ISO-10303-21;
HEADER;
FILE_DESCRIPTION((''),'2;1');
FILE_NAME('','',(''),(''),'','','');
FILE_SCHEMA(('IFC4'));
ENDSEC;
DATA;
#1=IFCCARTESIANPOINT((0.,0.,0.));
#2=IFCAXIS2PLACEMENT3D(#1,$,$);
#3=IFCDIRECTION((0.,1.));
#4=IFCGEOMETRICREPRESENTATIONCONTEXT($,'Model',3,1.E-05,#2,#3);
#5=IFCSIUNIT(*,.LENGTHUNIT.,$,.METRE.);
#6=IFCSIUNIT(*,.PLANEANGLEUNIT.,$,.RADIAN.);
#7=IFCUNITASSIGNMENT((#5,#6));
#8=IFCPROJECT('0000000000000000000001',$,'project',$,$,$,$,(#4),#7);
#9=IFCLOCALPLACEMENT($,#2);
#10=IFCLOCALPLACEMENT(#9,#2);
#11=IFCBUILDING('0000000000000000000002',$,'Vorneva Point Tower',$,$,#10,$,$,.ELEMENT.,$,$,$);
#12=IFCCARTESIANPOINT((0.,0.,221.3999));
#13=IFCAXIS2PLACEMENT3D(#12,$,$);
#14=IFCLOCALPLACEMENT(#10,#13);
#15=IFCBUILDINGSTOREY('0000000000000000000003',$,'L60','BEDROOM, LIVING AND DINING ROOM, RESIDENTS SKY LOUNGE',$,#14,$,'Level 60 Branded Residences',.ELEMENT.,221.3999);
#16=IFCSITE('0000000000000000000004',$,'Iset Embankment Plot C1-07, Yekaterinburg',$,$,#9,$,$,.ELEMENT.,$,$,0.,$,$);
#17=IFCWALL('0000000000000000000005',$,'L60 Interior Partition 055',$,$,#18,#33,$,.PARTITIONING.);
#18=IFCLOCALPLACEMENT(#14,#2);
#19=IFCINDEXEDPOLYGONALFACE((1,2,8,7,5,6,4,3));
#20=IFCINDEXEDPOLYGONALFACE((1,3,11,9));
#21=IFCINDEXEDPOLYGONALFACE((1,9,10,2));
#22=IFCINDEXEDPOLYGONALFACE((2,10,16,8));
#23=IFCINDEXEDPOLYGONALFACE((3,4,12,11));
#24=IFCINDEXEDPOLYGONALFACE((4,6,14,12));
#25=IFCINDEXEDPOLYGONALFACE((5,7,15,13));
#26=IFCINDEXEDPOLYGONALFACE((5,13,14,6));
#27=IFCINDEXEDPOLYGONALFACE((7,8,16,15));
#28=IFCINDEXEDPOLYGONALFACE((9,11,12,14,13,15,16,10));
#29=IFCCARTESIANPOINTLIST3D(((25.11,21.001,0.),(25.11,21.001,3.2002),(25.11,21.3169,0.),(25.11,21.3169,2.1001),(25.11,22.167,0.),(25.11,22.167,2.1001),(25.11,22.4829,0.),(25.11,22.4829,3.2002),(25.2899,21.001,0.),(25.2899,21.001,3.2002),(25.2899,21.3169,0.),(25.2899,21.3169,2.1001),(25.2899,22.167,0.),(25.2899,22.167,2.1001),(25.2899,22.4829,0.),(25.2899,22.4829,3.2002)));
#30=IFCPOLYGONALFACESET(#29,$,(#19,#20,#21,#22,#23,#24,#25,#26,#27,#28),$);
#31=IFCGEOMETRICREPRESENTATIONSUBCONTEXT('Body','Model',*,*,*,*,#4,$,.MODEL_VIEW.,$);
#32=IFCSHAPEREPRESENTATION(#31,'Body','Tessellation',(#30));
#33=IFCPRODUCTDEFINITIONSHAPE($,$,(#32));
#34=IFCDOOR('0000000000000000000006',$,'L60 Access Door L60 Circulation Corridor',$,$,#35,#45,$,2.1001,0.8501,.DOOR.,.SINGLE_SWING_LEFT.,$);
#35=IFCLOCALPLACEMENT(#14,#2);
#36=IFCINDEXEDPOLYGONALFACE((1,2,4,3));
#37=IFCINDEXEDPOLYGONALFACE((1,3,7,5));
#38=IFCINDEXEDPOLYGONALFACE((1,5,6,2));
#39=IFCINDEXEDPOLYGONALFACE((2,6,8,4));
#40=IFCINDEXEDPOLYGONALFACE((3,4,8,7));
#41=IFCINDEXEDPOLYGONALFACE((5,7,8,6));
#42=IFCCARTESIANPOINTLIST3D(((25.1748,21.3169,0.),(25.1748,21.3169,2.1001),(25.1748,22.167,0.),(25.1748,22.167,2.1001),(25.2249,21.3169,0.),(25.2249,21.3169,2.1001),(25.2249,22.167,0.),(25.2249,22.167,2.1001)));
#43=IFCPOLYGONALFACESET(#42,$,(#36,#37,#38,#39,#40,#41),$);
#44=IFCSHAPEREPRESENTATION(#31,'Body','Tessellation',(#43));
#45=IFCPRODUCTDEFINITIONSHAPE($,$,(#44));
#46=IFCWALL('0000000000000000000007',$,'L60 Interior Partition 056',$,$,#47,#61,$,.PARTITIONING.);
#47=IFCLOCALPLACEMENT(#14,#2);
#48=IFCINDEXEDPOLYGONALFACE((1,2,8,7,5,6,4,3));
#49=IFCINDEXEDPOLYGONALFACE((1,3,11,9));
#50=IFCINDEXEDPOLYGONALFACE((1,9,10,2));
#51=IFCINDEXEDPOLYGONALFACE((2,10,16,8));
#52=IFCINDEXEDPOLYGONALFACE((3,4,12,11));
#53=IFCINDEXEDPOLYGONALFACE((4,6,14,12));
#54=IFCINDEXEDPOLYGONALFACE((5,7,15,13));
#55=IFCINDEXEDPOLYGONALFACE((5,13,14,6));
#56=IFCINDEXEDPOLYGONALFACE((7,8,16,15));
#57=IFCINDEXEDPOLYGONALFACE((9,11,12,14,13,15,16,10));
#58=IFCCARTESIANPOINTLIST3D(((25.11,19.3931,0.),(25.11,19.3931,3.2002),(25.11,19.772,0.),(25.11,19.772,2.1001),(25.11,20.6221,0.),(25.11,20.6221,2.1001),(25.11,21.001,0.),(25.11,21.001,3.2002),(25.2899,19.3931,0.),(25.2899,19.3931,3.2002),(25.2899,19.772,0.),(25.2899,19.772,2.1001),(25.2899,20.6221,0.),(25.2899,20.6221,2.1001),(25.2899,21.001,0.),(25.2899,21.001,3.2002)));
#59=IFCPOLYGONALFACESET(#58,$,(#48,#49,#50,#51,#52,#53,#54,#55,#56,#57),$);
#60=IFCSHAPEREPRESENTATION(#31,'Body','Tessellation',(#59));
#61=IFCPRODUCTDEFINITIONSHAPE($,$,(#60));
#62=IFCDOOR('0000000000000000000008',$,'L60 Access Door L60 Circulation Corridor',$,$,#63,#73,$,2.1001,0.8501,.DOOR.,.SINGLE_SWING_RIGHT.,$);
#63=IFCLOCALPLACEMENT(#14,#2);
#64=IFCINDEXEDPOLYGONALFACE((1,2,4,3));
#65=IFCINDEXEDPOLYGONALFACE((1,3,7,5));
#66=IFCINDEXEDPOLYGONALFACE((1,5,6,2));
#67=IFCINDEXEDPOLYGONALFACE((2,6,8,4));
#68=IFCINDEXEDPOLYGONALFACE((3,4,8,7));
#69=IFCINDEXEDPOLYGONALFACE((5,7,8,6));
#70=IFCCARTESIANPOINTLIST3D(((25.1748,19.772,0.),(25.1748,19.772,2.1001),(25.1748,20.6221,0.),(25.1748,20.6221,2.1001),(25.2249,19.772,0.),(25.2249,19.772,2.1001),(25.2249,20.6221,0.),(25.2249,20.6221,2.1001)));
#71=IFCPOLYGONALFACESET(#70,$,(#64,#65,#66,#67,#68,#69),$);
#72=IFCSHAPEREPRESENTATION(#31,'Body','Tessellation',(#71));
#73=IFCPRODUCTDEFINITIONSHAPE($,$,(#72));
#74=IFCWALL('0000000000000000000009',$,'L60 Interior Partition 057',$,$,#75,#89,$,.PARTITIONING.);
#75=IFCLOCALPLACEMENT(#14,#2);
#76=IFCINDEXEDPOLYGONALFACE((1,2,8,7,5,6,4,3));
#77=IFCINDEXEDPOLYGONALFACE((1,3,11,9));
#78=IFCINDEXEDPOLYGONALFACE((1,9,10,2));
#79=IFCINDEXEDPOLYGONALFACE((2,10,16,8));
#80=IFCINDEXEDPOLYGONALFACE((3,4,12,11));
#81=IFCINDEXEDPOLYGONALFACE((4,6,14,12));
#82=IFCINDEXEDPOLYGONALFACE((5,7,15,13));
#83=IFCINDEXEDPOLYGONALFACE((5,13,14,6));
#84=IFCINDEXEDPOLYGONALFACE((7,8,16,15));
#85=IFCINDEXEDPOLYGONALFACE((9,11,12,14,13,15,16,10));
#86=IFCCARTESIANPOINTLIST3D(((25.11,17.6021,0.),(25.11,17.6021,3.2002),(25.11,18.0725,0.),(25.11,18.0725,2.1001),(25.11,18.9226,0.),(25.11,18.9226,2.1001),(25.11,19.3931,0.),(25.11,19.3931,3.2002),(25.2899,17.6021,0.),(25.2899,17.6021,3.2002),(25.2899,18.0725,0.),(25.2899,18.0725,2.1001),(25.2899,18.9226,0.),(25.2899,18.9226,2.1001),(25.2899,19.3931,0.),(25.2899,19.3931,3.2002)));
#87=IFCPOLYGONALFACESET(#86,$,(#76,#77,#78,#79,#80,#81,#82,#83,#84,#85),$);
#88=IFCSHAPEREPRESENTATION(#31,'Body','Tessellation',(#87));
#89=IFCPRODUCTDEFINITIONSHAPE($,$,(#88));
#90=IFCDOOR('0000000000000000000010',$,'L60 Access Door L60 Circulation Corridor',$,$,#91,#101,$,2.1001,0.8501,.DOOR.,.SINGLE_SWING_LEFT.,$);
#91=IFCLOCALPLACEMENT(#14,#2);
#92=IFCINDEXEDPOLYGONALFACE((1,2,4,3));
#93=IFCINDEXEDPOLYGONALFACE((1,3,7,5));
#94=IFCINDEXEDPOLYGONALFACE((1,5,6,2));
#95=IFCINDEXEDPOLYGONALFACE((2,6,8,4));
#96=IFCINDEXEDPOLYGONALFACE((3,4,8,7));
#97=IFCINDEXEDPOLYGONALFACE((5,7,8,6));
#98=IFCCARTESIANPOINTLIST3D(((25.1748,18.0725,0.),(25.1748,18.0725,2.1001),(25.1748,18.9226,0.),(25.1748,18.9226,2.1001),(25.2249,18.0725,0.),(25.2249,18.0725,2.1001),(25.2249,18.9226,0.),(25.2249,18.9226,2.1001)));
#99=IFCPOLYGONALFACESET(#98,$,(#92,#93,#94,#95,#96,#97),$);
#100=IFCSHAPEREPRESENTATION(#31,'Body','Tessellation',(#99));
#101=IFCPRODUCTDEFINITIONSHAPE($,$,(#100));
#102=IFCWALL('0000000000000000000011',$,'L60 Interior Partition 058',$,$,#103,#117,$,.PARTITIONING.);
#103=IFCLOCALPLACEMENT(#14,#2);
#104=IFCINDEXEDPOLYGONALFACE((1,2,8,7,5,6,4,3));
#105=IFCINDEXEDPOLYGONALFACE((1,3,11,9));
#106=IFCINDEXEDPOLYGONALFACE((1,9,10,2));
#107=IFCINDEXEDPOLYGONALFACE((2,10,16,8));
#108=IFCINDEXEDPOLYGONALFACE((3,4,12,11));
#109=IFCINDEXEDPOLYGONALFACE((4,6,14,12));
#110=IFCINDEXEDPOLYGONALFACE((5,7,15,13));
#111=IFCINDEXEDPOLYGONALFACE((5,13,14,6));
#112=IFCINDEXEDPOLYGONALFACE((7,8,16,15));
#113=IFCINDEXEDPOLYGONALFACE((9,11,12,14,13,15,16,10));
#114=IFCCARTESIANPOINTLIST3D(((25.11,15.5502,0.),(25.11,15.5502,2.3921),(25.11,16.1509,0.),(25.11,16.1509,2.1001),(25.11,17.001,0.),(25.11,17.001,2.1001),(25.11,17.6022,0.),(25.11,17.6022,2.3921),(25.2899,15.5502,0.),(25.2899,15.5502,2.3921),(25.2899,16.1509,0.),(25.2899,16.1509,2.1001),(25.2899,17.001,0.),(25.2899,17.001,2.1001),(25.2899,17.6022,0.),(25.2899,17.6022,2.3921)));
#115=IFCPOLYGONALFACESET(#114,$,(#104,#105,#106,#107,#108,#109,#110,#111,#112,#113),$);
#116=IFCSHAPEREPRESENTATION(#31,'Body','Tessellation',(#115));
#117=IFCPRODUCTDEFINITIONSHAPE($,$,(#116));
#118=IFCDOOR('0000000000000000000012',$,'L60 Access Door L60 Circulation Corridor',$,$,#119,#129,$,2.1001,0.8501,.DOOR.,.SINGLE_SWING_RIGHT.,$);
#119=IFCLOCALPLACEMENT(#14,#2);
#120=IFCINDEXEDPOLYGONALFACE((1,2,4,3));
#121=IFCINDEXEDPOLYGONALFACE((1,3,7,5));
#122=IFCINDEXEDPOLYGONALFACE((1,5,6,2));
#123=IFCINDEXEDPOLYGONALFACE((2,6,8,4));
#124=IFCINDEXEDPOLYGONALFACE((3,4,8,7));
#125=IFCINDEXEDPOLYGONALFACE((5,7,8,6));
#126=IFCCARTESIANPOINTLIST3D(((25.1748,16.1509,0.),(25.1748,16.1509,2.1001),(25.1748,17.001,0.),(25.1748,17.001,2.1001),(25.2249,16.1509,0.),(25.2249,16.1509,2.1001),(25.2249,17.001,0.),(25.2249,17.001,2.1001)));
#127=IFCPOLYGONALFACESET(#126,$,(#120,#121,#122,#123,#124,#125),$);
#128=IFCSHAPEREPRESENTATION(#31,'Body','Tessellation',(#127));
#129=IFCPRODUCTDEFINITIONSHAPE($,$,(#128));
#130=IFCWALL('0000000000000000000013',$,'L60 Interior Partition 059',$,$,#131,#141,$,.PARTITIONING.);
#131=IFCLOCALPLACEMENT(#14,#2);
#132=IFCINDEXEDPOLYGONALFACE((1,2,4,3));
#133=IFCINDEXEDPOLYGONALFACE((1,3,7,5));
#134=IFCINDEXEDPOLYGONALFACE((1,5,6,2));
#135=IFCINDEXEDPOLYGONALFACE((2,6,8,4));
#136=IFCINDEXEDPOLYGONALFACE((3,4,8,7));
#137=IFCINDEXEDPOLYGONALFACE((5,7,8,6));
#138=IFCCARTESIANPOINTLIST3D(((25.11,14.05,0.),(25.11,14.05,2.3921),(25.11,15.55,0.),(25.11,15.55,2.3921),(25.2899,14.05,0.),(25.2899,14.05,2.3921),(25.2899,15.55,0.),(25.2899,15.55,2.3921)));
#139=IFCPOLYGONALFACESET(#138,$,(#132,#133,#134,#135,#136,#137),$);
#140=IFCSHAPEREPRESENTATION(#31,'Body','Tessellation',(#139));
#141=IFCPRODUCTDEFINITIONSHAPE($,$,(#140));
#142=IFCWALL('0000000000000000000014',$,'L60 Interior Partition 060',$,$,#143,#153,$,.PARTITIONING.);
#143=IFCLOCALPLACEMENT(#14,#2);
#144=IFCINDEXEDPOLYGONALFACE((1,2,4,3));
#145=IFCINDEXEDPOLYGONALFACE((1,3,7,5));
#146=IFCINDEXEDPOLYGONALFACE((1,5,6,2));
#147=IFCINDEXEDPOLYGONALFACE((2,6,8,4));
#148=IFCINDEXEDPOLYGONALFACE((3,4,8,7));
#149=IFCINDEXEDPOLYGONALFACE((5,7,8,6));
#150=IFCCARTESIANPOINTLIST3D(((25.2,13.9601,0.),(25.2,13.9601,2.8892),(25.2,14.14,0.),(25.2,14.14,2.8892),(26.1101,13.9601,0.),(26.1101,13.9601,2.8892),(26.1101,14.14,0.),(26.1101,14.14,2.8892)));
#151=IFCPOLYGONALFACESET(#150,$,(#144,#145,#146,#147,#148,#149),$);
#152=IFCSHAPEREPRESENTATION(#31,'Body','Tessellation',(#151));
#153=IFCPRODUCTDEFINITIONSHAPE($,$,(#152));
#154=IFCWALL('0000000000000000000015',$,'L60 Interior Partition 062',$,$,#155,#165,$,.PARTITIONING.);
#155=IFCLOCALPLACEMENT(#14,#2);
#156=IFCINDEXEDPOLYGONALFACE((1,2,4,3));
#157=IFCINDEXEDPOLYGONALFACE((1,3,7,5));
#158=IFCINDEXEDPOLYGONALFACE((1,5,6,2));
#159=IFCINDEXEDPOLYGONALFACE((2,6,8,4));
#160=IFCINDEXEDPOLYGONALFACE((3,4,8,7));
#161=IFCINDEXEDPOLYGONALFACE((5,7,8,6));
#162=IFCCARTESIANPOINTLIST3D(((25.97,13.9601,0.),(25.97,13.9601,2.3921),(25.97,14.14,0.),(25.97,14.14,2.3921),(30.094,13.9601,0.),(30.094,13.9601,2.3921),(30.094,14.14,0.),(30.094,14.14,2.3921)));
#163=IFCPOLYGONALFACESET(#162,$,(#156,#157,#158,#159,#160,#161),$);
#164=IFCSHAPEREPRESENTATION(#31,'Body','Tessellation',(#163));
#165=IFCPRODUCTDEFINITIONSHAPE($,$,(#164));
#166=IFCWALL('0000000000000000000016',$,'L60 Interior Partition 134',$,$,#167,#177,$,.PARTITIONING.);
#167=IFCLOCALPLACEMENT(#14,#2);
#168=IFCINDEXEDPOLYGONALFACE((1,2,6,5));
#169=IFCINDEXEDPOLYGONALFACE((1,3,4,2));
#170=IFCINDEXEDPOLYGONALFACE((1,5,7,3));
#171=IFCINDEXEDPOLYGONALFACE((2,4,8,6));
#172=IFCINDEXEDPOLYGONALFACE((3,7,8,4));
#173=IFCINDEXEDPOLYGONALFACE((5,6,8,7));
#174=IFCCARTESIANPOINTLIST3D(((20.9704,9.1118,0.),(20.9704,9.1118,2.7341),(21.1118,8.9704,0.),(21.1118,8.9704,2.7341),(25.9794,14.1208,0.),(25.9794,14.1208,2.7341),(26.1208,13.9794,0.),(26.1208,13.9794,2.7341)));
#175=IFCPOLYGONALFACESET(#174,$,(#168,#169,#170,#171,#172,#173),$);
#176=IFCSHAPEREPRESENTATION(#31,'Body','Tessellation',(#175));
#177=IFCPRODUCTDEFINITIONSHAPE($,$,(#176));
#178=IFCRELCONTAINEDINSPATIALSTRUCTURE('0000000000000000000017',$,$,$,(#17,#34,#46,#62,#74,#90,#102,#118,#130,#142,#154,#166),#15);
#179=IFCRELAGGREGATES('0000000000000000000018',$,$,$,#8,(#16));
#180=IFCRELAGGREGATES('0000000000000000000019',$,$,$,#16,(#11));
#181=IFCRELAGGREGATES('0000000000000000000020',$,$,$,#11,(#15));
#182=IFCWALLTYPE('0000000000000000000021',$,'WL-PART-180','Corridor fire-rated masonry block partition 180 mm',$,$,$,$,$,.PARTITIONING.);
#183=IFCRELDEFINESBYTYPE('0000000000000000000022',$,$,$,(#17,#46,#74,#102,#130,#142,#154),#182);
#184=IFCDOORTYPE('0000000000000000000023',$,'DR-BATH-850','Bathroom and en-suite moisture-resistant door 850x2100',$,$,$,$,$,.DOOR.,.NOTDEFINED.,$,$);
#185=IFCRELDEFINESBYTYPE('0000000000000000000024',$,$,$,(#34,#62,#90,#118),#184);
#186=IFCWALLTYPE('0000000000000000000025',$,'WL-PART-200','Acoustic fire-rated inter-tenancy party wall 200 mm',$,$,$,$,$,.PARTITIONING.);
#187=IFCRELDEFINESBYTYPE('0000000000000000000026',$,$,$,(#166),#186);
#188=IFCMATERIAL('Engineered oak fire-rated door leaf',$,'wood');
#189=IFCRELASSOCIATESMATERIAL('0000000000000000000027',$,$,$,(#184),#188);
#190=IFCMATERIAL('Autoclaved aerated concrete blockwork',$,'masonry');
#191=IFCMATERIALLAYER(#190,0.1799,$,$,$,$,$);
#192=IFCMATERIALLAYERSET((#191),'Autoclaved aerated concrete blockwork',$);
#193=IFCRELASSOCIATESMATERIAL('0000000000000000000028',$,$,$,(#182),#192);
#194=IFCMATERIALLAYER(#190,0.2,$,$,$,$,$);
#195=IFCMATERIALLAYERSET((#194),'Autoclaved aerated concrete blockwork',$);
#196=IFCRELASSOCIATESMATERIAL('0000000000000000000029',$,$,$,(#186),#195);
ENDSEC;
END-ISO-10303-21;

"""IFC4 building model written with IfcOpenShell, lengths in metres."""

from ifc_helpers import new_model, si_unit, direction, frame, frame_2d, origin, place, context, subcontext, project, spatial, rectangle, extrude, material, layer, layer_set, type_object, element, fill, save


model = new_model("IFC4")

# Units and contexts
model_context = context("Model", 3, precision=1e-05, world=origin(), true_north=direction((0.0, 1.0)))
body_context = subcontext(model_context, "Body", "Model", "MODEL_VIEW")
ifc_project = project(units=[si_unit("LENGTHUNIT", "METRE"), si_unit("PLANEANGLEUNIT", "RADIAN")], contexts=[model_context])

# Site, building, storey
site_placement = place(None, origin())
site = spatial("IfcSite", under=ifc_project, at=site_placement, Name="Iset Embankment Plot C1-07, Yekaterinburg", CompositionType="ELEMENT", RefElevation=0.0)
building_placement = place(site_placement, origin())
building = spatial("IfcBuilding", under=site, at=building_placement, Name="Vorneva Point Tower", CompositionType="ELEMENT")
storey_placement = place(building_placement, frame((0.0, 0.0, 221.3999)))
storey = spatial("IfcBuildingStorey", under=building, at=storey_placement, Name="L60", Description="BEDROOM, LIVING AND DINING ROOM, RESIDENTS SKY LOUNGE", LongName="Level 60 Branded Residences", CompositionType="ELEMENT", Elevation=221.3999)

# Shared definitions
ifc_material_1 = material(Name="Engineered oak fire-rated door leaf", Category="wood")
door_type = type_object("IfcDoorType", Name="DR-BATH-850", Description="Bathroom and en-suite moisture-resistant door 850x2100", OperationType="NOTDEFINED", PredefinedType="DOOR", material=ifc_material_1)

# Shared definitions
ifc_material_2 = material(Name="Autoclaved aerated concrete blockwork", Category="masonry")
ifc_layer_1 = layer(ifc_material_2, 0.1799)
ifc_layer_set_1 = layer_set([ifc_layer_1], Name="Autoclaved aerated concrete blockwork")
wall_type_1 = type_object("IfcWallType", Name="WL-PART-180", Description="Corridor fire-rated masonry block partition 180 mm", PredefinedType="PARTITIONING", material=ifc_layer_set_1)

# Walls, openings, doors
wall_1_placement = place(storey_placement, frame((25.2, 22.4829, 0.0), z_axis=(0.0, 0.0, 1.0), x_axis=(0.0, -1.0, 0.0)))
wall_1 = element("IfcWall", 1, at=wall_1_placement, inside=storey, type_object=wall_type_1, Name="L60 Interior Partition 055", PredefinedType="PARTITIONING", context=body_context, shape_type="SweptSolid", body=[
    extrude(rectangle(XDim=1.4819, YDim=0.1799, at=frame_2d((0.741, 0.0))), origin(), (0.0, 0.0, 1.0), 3.2002),
])
opening_1_placement = place(wall_1_placement, frame((0.3159, 0.0, 0.0)))
opening_1 = element("IfcOpeningElement", 2, at=opening_1_placement, cuts=wall_1, PredefinedType="OPENING", context=body_context, shape_type="SweptSolid", body=[
    extrude(rectangle(XDim=0.8501, YDim=2.1001, at=frame_2d((0.425, 1.05))), frame((0.0, 0.105, 0.0), z_axis=(0.0, -1.0, 0.0), x_axis=(1.0, 0.0, 0.0)), (0.0, 0.0, 1.0), 0.2097),
])
door_1_placement = place(opening_1_placement, origin())
door_1 = element("IfcDoor", 3, at=door_1_placement, inside=storey, type_object=door_type, Name="L60 Access Door L60 Circulation Corridor", OperationType="SINGLE_SWING_LEFT", OverallHeight=2.1001, OverallWidth=0.8501, PredefinedType="DOOR", context=body_context, shape_type="SweptSolid", body=[
    extrude(rectangle(XDim=0.8501, YDim=2.1001, at=frame_2d((0.425, 1.05))), frame((0.0, 0.0249, 0.0), z_axis=(0.0, -1.0, 0.0), x_axis=(1.0, 0.0, 0.0)), (0.0, 0.0, 1.0), 0.05),
])
fill(opening_1, door_1)
wall_2_placement = place(storey_placement, frame((25.2, 21.001, 0.0), z_axis=(0.0, 0.0, 1.0), x_axis=(0.0, -1.0, 0.0)))
wall_2 = element("IfcWall", 4, at=wall_2_placement, inside=storey, type_object=wall_type_1, Name="L60 Interior Partition 056", PredefinedType="PARTITIONING", context=body_context, shape_type="SweptSolid", body=[
    extrude(rectangle(XDim=1.6079, YDim=0.1799, at=frame_2d((0.804, 0.0))), origin(), (0.0, 0.0, 1.0), 3.2002),
])
opening_2_placement = place(wall_2_placement, frame((0.3789, 0.0, 0.0)))
opening_2 = element("IfcOpeningElement", 5, at=opening_2_placement, cuts=wall_2, PredefinedType="OPENING", context=body_context, shape_type="SweptSolid", body=[
    extrude(rectangle(XDim=0.8501, YDim=2.1001, at=frame_2d((0.425, 1.05))), frame((0.0, 0.105, 0.0), z_axis=(0.0, -1.0, 0.0), x_axis=(1.0, 0.0, 0.0)), (0.0, 0.0, 1.0), 0.2097),
])
door_2_placement = place(opening_2_placement, origin())
door_2 = element("IfcDoor", 6, at=door_2_placement, inside=storey, type_object=door_type, Name="L60 Access Door L60 Circulation Corridor", OperationType="SINGLE_SWING_RIGHT", OverallHeight=2.1001, OverallWidth=0.8501, PredefinedType="DOOR", context=body_context, shape_type="SweptSolid", body=[
    extrude(rectangle(XDim=0.8501, YDim=2.1001, at=frame_2d((0.425, 1.05))), frame((0.0, 0.0249, 0.0), z_axis=(0.0, -1.0, 0.0), x_axis=(1.0, 0.0, 0.0)), (0.0, 0.0, 1.0), 0.05),
])
fill(opening_2, door_2)
wall_3_placement = place(storey_placement, frame((25.2, 19.3931, 0.0), z_axis=(0.0, 0.0, 1.0), x_axis=(0.0, -1.0, 0.0)))
wall_3 = element("IfcWall", 7, at=wall_3_placement, inside=storey, type_object=wall_type_1, Name="L60 Interior Partition 057", PredefinedType="PARTITIONING", context=body_context, shape_type="SweptSolid", body=[
    extrude(rectangle(XDim=1.791, YDim=0.1799, at=frame_2d((0.8955, 0.0))), origin(), (0.0, 0.0, 1.0), 3.2002),
])
opening_3_placement = place(wall_3_placement, frame((0.4705, 0.0, 0.0)))
opening_3 = element("IfcOpeningElement", 8, at=opening_3_placement, cuts=wall_3, PredefinedType="OPENING", context=body_context, shape_type="SweptSolid", body=[
    extrude(rectangle(XDim=0.8501, YDim=2.1001, at=frame_2d((0.425, 1.05))), frame((0.0, 0.105, 0.0), z_axis=(0.0, -1.0, 0.0), x_axis=(1.0, 0.0, 0.0)), (0.0, 0.0, 1.0), 0.2097),
])
door_3_placement = place(opening_3_placement, origin())
door_3 = element("IfcDoor", 9, at=door_3_placement, inside=storey, type_object=door_type, Name="L60 Access Door L60 Circulation Corridor", OperationType="SINGLE_SWING_LEFT", OverallHeight=2.1001, OverallWidth=0.8501, PredefinedType="DOOR", context=body_context, shape_type="SweptSolid", body=[
    extrude(rectangle(XDim=0.8501, YDim=2.1001, at=frame_2d((0.425, 1.05))), frame((0.0, 0.0249, 0.0), z_axis=(0.0, -1.0, 0.0), x_axis=(1.0, 0.0, 0.0)), (0.0, 0.0, 1.0), 0.05),
])
fill(opening_3, door_3)
wall_4_placement = place(storey_placement, frame((25.2, 17.6021, 0.0), z_axis=(0.0, 0.0, 1.0), x_axis=(0.0, -1.0, 0.0)))
wall_4 = element("IfcWall", 10, at=wall_4_placement, inside=storey, type_object=wall_type_1, Name="L60 Interior Partition 058", PredefinedType="PARTITIONING", context=body_context, shape_type="SweptSolid", body=[
    extrude(rectangle(XDim=2.052, YDim=0.1799, at=frame_2d((1.0259, 0.0))), origin(), (0.0, 0.0, 1.0), 2.3921),
])
opening_4_placement = place(wall_4_placement, frame((0.6011, 0.0, 0.0)))
opening_4 = element("IfcOpeningElement", 11, at=opening_4_placement, cuts=wall_4, PredefinedType="OPENING", context=body_context, shape_type="SweptSolid", body=[
    extrude(rectangle(XDim=0.8501, YDim=2.1001, at=frame_2d((0.425, 1.05))), frame((0.0, 0.105, 0.0), z_axis=(0.0, -1.0, 0.0), x_axis=(1.0, 0.0, 0.0)), (0.0, 0.0, 1.0), 0.2097),
])
door_4_placement = place(opening_4_placement, origin())
door_4 = element("IfcDoor", 12, at=door_4_placement, inside=storey, type_object=door_type, Name="L60 Access Door L60 Circulation Corridor", OperationType="SINGLE_SWING_RIGHT", OverallHeight=2.1001, OverallWidth=0.8501, PredefinedType="DOOR", context=body_context, shape_type="SweptSolid", body=[
    extrude(rectangle(XDim=0.8501, YDim=2.1001, at=frame_2d((0.425, 1.05))), frame((0.0, 0.0249, 0.0), z_axis=(0.0, -1.0, 0.0), x_axis=(1.0, 0.0, 0.0)), (0.0, 0.0, 1.0), 0.05),
])
fill(opening_4, door_4)

# Walls
wall_5_placement = place(storey_placement, frame((25.2, 15.55, 0.0), z_axis=(0.0, 0.0, 1.0), x_axis=(0.0, -1.0, 0.0)))
element("IfcWall", 13, at=wall_5_placement, inside=storey, type_object=wall_type_1, Name="L60 Interior Partition 059", PredefinedType="PARTITIONING", context=body_context, shape_type="SweptSolid", body=[
    extrude(rectangle(XDim=1.5, YDim=0.1799, at=frame_2d((0.75, 0.0))), origin(), (0.0, 0.0, 1.0), 2.3921),
])
wall_6_placement = place(storey_placement, frame((25.2, 14.05, 0.0), z_axis=(0.0, 0.0, 1.0), x_axis=(1.0, 0.0, 0.0)))
element("IfcWall", 14, at=wall_6_placement, inside=storey, type_object=wall_type_1, Name="L60 Interior Partition 060", PredefinedType="PARTITIONING", context=body_context, shape_type="SweptSolid", body=[
    extrude(rectangle(XDim=0.9102, YDim=0.1799, at=frame_2d((0.4551, 0.0))), origin(), (0.0, 0.0, 1.0), 2.8892),
])
wall_7_placement = place(storey_placement, frame((25.97, 14.05, 0.0), z_axis=(0.0, 0.0, 1.0), x_axis=(1.0, 0.0, 0.0)))
element("IfcWall", 15, at=wall_7_placement, inside=storey, type_object=wall_type_1, Name="L60 Interior Partition 062", PredefinedType="PARTITIONING", context=body_context, shape_type="SweptSolid", body=[
    extrude(rectangle(XDim=4.124, YDim=0.1799, at=frame_2d((2.062, 0.0))), origin(), (0.0, 0.0, 1.0), 2.3921),
])
ifc_layer_2 = layer(ifc_material_2, 0.2)
ifc_layer_set_2 = layer_set([ifc_layer_2], Name="Autoclaved aerated concrete blockwork")
wall_type_2 = type_object("IfcWallType", Name="WL-PART-200", Description="Acoustic fire-rated inter-tenancy party wall 200 mm", PredefinedType="PARTITIONING", material=ifc_layer_set_2)
wall_8_placement = place(storey_placement, frame((21.041, 9.041, 0.0), z_axis=(0.0, 0.0, 1.0), x_axis=(0.707107, 0.707107, 0.0)))
element("IfcWall", 16, at=wall_8_placement, inside=storey, type_object=wall_type_2, Name="L60 Interior Partition 134", PredefinedType="PARTITIONING", context=body_context, shape_type="SweptSolid", body=[
    extrude(rectangle(XDim=7.0837, YDim=0.2, at=frame_2d((3.542, 0.0))), origin(), (0.0, 0.0, 1.0), 2.7341),
])

save(model, "model.ifc")
